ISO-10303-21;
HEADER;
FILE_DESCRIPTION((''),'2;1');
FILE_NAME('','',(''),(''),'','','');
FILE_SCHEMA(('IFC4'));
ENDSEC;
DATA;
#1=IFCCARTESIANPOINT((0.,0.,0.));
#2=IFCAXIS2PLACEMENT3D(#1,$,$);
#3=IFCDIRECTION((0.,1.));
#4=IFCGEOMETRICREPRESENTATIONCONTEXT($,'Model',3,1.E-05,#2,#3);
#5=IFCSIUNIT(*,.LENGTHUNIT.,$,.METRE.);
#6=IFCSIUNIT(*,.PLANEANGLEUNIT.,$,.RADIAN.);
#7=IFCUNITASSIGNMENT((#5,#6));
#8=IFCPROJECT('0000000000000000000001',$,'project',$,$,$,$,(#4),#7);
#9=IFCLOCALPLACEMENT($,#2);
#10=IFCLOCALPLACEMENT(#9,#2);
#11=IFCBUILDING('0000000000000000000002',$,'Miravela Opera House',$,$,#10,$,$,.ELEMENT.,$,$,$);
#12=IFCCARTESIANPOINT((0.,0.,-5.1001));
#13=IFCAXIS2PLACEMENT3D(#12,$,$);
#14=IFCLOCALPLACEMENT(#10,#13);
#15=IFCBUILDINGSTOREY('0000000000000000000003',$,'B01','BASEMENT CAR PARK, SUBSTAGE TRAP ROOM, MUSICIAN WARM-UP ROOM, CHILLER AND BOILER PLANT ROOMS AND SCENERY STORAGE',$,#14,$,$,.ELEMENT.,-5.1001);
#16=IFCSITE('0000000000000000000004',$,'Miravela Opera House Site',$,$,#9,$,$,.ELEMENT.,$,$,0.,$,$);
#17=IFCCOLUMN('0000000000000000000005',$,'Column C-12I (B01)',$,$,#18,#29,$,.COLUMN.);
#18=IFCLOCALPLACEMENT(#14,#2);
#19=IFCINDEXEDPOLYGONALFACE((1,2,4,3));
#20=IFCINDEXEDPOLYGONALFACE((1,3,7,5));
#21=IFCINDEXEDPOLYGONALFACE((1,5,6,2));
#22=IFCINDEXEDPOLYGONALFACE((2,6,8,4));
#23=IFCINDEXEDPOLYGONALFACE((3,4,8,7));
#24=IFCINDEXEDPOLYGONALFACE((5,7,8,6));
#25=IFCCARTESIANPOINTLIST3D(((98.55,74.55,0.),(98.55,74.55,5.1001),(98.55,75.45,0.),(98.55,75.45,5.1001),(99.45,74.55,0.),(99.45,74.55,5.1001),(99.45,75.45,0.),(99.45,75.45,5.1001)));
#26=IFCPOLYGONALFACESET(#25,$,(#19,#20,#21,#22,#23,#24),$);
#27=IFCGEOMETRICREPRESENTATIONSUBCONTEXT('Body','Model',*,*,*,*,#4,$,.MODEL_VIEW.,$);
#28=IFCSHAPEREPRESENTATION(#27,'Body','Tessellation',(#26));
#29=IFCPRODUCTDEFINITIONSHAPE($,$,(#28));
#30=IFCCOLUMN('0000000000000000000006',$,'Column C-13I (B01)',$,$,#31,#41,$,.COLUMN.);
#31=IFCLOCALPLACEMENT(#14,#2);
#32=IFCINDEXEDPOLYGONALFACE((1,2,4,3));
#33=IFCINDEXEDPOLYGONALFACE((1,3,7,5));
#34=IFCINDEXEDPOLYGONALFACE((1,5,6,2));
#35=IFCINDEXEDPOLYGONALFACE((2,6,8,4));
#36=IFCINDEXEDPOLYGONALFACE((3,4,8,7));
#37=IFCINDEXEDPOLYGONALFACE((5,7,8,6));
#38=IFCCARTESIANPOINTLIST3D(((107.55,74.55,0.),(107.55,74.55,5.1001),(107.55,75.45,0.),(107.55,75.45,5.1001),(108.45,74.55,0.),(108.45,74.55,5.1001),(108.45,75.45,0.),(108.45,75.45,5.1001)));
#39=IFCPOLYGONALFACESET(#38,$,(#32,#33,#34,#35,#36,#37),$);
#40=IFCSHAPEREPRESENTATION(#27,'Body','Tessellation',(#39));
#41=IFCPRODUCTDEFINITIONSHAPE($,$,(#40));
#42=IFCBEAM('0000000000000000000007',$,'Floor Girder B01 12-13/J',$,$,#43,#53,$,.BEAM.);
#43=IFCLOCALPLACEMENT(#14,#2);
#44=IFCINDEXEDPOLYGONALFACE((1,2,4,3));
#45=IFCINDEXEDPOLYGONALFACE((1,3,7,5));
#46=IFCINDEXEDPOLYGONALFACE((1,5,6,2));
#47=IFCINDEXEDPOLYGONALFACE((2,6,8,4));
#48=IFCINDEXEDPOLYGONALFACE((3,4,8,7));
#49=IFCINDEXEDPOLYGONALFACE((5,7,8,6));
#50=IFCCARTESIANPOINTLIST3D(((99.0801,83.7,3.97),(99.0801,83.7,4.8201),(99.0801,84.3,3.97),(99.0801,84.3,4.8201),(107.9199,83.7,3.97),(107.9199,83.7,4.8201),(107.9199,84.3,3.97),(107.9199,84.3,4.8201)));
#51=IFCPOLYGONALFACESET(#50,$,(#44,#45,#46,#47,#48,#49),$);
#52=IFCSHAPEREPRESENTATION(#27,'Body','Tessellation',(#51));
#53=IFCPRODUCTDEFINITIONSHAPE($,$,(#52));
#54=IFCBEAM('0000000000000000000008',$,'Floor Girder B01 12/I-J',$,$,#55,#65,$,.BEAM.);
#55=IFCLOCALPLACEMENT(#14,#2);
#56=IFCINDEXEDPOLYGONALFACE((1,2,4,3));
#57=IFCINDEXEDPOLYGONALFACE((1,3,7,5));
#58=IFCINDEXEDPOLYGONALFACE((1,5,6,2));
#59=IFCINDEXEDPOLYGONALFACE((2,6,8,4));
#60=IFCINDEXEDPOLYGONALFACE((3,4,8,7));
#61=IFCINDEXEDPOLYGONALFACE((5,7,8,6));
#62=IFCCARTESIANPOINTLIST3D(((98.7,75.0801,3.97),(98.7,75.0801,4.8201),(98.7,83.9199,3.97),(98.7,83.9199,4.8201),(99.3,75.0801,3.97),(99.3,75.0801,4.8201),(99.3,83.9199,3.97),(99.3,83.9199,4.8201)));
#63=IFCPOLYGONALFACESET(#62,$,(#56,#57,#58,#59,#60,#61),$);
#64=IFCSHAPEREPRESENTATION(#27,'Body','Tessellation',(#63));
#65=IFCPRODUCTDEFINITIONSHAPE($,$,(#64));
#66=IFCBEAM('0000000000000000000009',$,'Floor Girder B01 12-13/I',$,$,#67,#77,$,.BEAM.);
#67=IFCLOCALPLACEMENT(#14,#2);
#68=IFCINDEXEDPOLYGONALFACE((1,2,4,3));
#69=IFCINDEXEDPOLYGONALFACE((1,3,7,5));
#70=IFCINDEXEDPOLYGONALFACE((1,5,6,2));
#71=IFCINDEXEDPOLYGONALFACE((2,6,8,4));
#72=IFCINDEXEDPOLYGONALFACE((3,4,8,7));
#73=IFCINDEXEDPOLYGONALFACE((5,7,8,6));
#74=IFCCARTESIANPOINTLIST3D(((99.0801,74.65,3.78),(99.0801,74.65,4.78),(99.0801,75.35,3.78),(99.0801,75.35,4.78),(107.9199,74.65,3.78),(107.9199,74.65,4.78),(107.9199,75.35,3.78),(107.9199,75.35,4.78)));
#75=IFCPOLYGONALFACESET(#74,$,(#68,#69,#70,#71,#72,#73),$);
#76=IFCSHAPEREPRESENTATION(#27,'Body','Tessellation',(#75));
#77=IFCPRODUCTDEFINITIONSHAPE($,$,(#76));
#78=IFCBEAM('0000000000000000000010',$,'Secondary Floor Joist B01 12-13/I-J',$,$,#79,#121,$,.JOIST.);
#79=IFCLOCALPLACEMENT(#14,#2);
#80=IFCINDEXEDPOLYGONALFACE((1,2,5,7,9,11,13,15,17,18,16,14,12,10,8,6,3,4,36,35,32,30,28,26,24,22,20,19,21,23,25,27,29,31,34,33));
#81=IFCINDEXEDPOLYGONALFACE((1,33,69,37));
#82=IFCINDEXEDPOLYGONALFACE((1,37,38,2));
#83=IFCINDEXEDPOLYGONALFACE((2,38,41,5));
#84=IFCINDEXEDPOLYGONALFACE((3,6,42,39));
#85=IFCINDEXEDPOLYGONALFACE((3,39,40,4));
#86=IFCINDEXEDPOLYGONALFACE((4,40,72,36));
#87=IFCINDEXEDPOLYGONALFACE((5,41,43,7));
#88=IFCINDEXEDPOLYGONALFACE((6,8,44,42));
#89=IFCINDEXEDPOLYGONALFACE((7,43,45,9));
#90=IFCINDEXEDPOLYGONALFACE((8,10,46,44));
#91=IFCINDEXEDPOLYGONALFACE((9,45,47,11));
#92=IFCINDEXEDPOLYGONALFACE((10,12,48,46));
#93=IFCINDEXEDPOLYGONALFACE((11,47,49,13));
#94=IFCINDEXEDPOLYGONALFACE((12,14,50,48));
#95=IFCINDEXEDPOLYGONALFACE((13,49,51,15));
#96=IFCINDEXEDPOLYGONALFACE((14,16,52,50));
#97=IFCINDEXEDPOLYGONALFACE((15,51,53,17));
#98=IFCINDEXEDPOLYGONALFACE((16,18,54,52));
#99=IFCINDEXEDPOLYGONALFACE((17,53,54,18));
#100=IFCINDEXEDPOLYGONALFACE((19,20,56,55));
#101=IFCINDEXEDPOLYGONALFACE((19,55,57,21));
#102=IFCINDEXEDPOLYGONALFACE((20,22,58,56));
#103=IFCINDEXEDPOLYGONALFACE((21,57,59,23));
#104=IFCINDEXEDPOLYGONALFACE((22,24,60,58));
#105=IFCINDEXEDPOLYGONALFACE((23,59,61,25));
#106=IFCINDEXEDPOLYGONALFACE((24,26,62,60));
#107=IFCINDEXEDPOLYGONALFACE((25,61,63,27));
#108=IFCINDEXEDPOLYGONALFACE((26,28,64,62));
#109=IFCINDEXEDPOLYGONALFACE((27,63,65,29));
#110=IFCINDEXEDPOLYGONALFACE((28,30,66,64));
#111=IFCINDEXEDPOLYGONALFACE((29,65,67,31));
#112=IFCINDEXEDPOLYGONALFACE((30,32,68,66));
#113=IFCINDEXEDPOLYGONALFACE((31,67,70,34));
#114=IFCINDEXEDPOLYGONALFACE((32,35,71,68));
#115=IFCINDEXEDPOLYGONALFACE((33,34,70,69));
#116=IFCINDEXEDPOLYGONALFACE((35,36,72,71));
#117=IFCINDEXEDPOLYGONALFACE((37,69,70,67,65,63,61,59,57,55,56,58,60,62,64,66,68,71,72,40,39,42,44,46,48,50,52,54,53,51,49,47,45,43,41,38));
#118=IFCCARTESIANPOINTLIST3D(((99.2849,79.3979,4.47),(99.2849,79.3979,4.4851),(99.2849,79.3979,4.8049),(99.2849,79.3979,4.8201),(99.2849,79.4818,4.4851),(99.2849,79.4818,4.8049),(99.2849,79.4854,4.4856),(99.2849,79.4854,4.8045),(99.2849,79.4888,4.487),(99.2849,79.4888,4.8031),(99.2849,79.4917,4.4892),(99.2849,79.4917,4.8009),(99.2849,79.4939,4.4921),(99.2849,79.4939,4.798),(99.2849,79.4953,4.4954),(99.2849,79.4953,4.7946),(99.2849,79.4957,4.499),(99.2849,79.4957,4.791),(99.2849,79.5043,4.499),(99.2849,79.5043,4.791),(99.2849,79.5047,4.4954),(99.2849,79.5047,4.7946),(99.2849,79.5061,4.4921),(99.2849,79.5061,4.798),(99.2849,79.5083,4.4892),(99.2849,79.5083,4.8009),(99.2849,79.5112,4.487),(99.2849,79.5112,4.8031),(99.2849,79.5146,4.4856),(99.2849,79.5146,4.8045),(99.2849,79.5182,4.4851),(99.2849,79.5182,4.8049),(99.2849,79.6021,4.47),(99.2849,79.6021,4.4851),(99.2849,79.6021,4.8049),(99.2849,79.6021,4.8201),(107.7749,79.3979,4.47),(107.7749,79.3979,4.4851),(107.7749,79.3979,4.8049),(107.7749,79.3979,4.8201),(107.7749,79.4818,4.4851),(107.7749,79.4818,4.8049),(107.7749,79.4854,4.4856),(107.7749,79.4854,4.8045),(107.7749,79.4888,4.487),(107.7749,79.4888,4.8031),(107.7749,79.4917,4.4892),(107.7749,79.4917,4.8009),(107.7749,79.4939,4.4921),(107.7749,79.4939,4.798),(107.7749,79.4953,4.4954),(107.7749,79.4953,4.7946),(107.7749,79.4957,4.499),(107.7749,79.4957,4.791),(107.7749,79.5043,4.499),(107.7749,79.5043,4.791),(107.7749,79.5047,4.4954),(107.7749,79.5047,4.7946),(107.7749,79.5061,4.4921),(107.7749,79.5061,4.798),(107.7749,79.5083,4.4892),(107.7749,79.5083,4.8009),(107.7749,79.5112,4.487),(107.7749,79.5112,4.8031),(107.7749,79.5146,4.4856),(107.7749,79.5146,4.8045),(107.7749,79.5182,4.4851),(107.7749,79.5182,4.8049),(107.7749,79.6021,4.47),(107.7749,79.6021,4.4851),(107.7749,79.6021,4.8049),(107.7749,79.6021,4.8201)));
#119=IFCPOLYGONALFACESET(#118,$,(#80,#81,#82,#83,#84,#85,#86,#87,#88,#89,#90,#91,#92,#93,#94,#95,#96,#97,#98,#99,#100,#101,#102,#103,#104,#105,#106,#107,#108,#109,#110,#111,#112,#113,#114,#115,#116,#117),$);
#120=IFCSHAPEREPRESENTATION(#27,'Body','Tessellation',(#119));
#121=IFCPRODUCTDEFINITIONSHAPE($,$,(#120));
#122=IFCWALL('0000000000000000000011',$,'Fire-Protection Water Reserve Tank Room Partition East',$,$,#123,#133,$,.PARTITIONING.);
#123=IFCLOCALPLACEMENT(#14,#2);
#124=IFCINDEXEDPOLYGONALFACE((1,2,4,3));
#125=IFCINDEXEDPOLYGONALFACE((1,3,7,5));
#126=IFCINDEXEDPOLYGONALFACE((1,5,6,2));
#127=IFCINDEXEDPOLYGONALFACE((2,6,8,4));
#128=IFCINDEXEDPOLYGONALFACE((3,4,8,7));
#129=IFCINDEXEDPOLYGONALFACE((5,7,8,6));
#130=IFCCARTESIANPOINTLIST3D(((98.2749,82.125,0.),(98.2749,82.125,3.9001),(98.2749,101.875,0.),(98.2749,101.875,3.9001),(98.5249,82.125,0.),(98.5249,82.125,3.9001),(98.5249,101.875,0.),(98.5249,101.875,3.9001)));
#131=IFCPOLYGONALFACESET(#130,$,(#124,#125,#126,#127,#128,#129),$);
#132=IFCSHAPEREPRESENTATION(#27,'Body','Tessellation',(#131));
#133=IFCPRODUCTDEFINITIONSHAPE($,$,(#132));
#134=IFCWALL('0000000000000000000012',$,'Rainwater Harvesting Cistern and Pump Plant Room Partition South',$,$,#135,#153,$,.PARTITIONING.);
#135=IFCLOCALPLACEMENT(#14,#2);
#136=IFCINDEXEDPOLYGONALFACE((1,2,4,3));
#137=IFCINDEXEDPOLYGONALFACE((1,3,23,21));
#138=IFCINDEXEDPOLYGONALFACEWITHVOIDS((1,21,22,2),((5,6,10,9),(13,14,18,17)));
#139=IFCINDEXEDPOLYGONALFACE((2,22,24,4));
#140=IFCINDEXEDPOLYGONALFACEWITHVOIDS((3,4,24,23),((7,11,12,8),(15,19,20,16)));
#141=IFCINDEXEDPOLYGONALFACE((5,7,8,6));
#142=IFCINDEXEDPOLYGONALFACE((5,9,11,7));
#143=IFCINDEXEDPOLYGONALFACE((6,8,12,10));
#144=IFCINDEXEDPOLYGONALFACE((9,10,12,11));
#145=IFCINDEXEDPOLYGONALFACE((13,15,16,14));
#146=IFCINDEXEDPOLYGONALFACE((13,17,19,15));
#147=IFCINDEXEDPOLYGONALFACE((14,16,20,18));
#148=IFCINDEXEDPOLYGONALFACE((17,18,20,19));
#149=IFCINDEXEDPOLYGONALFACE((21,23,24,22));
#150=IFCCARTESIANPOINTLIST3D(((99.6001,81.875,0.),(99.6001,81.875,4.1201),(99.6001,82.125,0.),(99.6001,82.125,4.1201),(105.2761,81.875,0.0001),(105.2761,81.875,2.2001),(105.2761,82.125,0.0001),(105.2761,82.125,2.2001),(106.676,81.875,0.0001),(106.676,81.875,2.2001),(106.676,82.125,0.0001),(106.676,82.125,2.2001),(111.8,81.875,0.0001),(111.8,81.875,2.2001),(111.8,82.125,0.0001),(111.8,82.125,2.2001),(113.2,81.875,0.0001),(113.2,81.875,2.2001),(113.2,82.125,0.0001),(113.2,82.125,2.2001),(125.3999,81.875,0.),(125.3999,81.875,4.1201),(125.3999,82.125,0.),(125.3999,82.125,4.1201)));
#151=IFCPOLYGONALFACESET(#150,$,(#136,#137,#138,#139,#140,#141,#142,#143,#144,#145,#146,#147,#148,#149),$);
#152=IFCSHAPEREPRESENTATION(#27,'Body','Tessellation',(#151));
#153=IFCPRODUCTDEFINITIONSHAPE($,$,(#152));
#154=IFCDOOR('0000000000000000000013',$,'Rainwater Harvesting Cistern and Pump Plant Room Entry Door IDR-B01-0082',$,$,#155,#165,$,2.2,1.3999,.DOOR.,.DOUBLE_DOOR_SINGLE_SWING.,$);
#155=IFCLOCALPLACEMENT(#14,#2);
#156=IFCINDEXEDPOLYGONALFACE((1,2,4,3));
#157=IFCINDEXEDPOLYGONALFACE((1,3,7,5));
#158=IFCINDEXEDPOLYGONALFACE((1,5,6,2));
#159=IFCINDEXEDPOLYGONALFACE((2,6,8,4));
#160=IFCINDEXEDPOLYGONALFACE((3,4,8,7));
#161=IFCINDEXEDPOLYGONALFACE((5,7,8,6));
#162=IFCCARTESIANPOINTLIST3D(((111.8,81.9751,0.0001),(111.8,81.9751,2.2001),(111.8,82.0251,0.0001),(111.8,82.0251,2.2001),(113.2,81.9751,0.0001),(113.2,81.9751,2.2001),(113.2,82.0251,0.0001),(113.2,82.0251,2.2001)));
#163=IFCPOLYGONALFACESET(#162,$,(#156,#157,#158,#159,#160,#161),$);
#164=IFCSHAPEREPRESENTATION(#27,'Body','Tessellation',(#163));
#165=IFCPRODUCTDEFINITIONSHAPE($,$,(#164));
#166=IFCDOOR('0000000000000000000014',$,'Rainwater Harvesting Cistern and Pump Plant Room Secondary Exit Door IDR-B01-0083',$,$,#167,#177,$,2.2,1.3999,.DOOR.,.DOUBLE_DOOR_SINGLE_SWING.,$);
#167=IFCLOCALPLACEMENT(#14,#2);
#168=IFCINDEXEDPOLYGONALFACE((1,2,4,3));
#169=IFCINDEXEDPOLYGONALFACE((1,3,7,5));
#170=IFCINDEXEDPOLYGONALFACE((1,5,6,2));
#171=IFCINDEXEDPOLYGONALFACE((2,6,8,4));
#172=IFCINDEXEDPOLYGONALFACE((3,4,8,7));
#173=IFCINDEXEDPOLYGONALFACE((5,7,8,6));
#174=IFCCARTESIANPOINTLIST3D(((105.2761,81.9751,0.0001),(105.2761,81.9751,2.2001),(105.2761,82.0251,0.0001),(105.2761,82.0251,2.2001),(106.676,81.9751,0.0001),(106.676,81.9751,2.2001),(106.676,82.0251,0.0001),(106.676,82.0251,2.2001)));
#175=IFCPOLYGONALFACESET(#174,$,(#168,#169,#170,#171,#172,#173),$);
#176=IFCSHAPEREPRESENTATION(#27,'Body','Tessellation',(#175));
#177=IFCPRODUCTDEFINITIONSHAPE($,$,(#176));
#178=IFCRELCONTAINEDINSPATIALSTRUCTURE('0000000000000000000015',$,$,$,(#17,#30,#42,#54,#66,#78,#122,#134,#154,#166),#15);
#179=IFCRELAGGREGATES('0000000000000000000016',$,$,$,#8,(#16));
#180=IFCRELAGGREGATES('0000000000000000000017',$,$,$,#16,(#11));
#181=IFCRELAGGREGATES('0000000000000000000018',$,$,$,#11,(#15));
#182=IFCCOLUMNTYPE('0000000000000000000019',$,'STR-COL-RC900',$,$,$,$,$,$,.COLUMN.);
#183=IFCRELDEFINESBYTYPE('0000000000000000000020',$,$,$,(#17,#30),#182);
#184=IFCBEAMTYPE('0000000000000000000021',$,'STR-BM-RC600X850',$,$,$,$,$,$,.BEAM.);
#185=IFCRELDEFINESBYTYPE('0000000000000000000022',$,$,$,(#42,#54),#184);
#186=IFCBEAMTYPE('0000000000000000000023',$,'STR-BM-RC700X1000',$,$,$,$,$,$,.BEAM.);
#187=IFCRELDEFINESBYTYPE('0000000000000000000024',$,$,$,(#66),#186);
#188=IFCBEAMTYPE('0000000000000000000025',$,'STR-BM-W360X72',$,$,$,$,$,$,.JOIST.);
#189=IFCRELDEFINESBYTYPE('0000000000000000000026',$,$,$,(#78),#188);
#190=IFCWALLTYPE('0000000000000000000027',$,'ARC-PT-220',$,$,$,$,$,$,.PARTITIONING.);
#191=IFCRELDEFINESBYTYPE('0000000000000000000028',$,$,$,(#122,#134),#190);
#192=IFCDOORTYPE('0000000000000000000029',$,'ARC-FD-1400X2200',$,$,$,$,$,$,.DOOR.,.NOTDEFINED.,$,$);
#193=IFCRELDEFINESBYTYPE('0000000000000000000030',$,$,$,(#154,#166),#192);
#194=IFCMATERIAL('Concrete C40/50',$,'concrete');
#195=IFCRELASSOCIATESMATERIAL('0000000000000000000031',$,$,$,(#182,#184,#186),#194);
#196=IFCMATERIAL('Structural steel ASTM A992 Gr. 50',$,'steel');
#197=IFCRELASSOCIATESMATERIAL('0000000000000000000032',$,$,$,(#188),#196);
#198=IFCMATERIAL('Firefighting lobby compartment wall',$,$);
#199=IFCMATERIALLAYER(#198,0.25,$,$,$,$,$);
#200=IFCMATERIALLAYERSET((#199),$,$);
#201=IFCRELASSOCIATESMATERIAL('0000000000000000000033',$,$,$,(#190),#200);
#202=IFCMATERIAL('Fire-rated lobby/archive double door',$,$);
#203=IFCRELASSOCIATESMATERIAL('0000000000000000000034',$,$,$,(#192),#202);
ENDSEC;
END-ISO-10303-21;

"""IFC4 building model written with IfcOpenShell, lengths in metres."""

from ifc_helpers import new_model, si_unit, direction, frame, frame_2d, origin, origin_2d, place, context, subcontext, project, spatial, rectangle, i_section, extrude, material, layer, layer_set, material_profile, profile_set, type_object, element, fill, save


model = new_model("IFC4")

# Units and contexts
model_context = context("Model", 3, precision=1e-05, world=origin(), true_north=direction((0.0, 1.0)))
body_context = subcontext(model_context, "Body", "Model", "MODEL_VIEW")
ifc_project = project(units=[si_unit("LENGTHUNIT", "METRE"), si_unit("PLANEANGLEUNIT", "RADIAN")], contexts=[model_context])

# Site, building, storey
site_placement = place(None, origin())
site = spatial("IfcSite", under=ifc_project, at=site_placement, Name="Miravela Opera House Site", CompositionType="ELEMENT", RefElevation=0.0)
building_placement = place(site_placement, origin())
building = spatial("IfcBuilding", under=site, at=building_placement, Name="Miravela Opera House", CompositionType="ELEMENT")
storey_placement = place(building_placement, frame((0.0, 0.0, -5.1001)))
storey = spatial("IfcBuildingStorey", under=building, at=storey_placement, Name="B01", Description="BASEMENT CAR PARK, SUBSTAGE TRAP ROOM, MUSICIAN WARM-UP ROOM, CHILLER AND BOILER PLANT ROOMS AND SCENERY STORAGE", CompositionType="ELEMENT", Elevation=-5.1001)

# Columns
ifc_material_1 = material(Name="Concrete C40/50", Category="concrete")
ifc_material_profile_1 = material_profile(ifc_material_1, rectangle(XDim=0.8999, YDim=0.8999, at=origin_2d()), Name="RC-COL-900X900")
ifc_profile_set_1 = profile_set([ifc_material_profile_1])
column_type_1 = type_object("IfcColumnType", Name="STR-COL-RC900", PredefinedType="COLUMN", material=ifc_profile_set_1)
for number, where, z_axis, x_axis, name in (
    (1, (99.0, 75.0, 0.0), (0.0, 0.0, 1.0), (1.0, 0.0, 0.0), "Column C-12I (B01)"),
    (2, (108.0, 75.0, 0.0), (0.0, 0.0, 1.0), (1.0, 0.0, 0.0), "Column C-13I (B01)"),
):
    element("IfcColumn", number, at=place(storey_placement, frame(where, z_axis=z_axis, x_axis=x_axis)), inside=storey, type_object=column_type_1, Name=name, PredefinedType="COLUMN", context=body_context, shape_type="SweptSolid", body=[
        extrude(rectangle(XDim=0.8999, YDim=0.8999, at=origin_2d()), origin(), (0.0, 0.0, 1.0), 5.1001),
    ])

# Beams
ifc_material_profile_2 = material_profile(ifc_material_1, rectangle(XDim=0.6001, YDim=0.8501, at=origin_2d()), Name="RC-BM-600X850")
ifc_profile_set_2 = profile_set([ifc_material_profile_2])
beam_type_1 = type_object("IfcBeamType", Name="STR-BM-RC600X850", PredefinedType="BEAM", material=ifc_profile_set_2)
for number, where, z_axis, x_axis, name in (
    (3, (99.0801, 84.0, 4.395), (1.0, 0.0, 0.0), (0.0, 1.0, 0.0), "Floor Girder B01 12-13/J"),
    (4, (99.0, 75.0801, 4.395), (0.0, 1.0, 0.0), (-1.0, 0.0, 0.0), "Floor Girder B01 12/I-J"),
):
    element("IfcBeam", number, at=place(storey_placement, frame(where, z_axis=z_axis, x_axis=x_axis)), inside=storey, type_object=beam_type_1, Name=name, PredefinedType="BEAM", context=body_context, shape_type="SweptSolid", body=[
        extrude(rectangle(XDim=0.6001, YDim=0.8501, at=origin_2d()), origin(), (0.0, 0.0, 1.0), 8.8398),
    ])
ifc_material_profile_3 = material_profile(ifc_material_1, rectangle(XDim=0.7, YDim=1.0, at=origin_2d()), Name="RC-BM-700X1000")
ifc_profile_set_3 = profile_set([ifc_material_profile_3])
beam_type_2 = type_object("IfcBeamType", Name="STR-BM-RC700X1000", PredefinedType="BEAM", material=ifc_profile_set_3)
beam_1_placement = place(storey_placement, frame((99.0801, 75.0, 4.28), z_axis=(1.0, 0.0, 0.0), x_axis=(0.0, 1.0, 0.0)))
element("IfcBeam", 5, at=beam_1_placement, inside=storey, type_object=beam_type_2, Name="Floor Girder B01 12-13/I", PredefinedType="BEAM", context=body_context, shape_type="SweptSolid", body=[
    extrude(rectangle(XDim=0.7, YDim=1.0, at=origin_2d()), origin(), (0.0, 0.0, 1.0), 8.8398),
])
ifc_material_2 = material(Name="Structural steel ASTM A992 Gr. 50", Category="steel")
ifc_material_profile_4 = material_profile(ifc_material_2, i_section(OverallWidth=0.2041, OverallDepth=0.3501, WebThickness=0.0085, FlangeThickness=0.0151, FilletRadius=0.0139, at=origin_2d()), Name="W360X72")
ifc_profile_set_4 = profile_set([ifc_material_profile_4])
beam_type_3 = type_object("IfcBeamType", Name="STR-BM-W360X72", PredefinedType="JOIST", material=ifc_profile_set_4)
beam_2_placement = place(storey_placement, frame((99.2849, 79.5, 4.645), z_axis=(1.0, 0.0, 0.0), x_axis=(0.0, 1.0, 0.0)))
element("IfcBeam", 6, at=beam_2_placement, inside=storey, type_object=beam_type_3, Name="Secondary Floor Joist B01 12-13/I-J", PredefinedType="JOIST", context=body_context, shape_type="SweptSolid", body=[
    extrude(i_section(OverallWidth=0.2041, OverallDepth=0.3501, WebThickness=0.0085, FlangeThickness=0.0151, FilletRadius=0.0139, at=origin_2d()), origin(), (0.0, 0.0, 1.0), 8.49),
])

# Wall
ifc_material_3 = material(Name="Firefighting lobby compartment wall")
ifc_layer_1 = layer(ifc_material_3, 0.25)
ifc_layer_set_1 = layer_set([ifc_layer_1])
wall_type_1 = type_object("IfcWallType", Name="ARC-PT-220", PredefinedType="PARTITIONING", material=ifc_layer_set_1)
wall_1_placement = place(storey_placement, frame((98.3999, 82.125, 0.0), z_axis=(0.0, 0.0, 1.0), x_axis=(0.0, 1.0, 0.0)))
element("IfcWall", 7, at=wall_1_placement, inside=storey, type_object=wall_type_1, Name="Fire-Protection Water Reserve Tank Room Partition East", PredefinedType="PARTITIONING", context=body_context, shape_type="SweptSolid", body=[
    extrude(rectangle(XDim=19.75, YDim=0.25, at=frame_2d((9.875, 0.0))), origin(), (0.0, 0.0, 1.0), 3.9001),
])

# Wall, openings, doors
wall_2_placement = place(storey_placement, frame((99.6001, 82.0, 0.0), z_axis=(0.0, 0.0, 1.0), x_axis=(1.0, 0.0, 0.0)))
wall_2 = element("IfcWall", 8, at=wall_2_placement, inside=storey, type_object=wall_type_1, Name="Rainwater Harvesting Cistern and Pump Plant Room Partition South", PredefinedType="PARTITIONING", context=body_context, shape_type="SweptSolid", body=[
    extrude(rectangle(XDim=25.7998, YDim=0.25, at=frame_2d((12.8999, 0.0))), origin(), (0.0, 0.0, 1.0), 4.1201),
])
opening_1_placement = place(wall_2_placement, frame((12.2, 0.0, 0.0)))
opening_1 = element("IfcOpeningElement", 9, at=opening_1_placement, cuts=wall_2, PredefinedType="OPENING", context=body_context, shape_type="SweptSolid", body=[
    extrude(rectangle(XDim=1.3999, YDim=2.2, at=frame_2d((0.7, 1.1001))), frame((0.0, 0.135, 0.0), z_axis=(0.0, -1.0, 0.0), x_axis=(1.0, 0.0, 0.0)), (0.0, 0.0, 1.0), 0.27),
])
opening_2_placement = place(wall_2_placement, frame((5.676, 0.0, 0.0)))
opening_2 = element("IfcOpeningElement", 10, at=opening_2_placement, cuts=wall_2, PredefinedType="OPENING", context=body_context, shape_type="SweptSolid", body=[
    extrude(rectangle(XDim=1.3999, YDim=2.2, at=frame_2d((0.7, 1.1001))), frame((0.0, 0.135, 0.0), z_axis=(0.0, -1.0, 0.0), x_axis=(1.0, 0.0, 0.0)), (0.0, 0.0, 1.0), 0.27),
])
ifc_material_4 = material(Name="Fire-rated lobby/archive double door")
door_type = type_object("IfcDoorType", Name="ARC-FD-1400X2200", OperationType="NOTDEFINED", PredefinedType="DOOR", material=ifc_material_4)
door_1_placement = place(opening_1_placement, frame((1.3999, 0.0, 0.0), z_axis=(0.0, 0.0, 1.0), x_axis=(-1.0, 0.0, 0.0)))
door_1 = element("IfcDoor", 11, at=door_1_placement, inside=storey, type_object=door_type, Name="Rainwater Harvesting Cistern and Pump Plant Room Entry Door IDR-B01-0082", OperationType="DOUBLE_DOOR_SINGLE_SWING", OverallHeight=2.2, OverallWidth=1.3999, PredefinedType="DOOR", context=body_context, shape_type="SweptSolid", body=[
    extrude(rectangle(XDim=1.3999, YDim=2.2, at=frame_2d((0.7, 1.1001))), frame((0.0, 0.0249, 0.0), z_axis=(0.0, -1.0, 0.0), x_axis=(1.0, 0.0, 0.0)), (0.0, 0.0, 1.0), 0.05),
])
fill(opening_1, door_1)
door_2_placement = place(opening_2_placement, frame((1.3999, 0.0, 0.0), z_axis=(0.0, 0.0, 1.0), x_axis=(-1.0, 0.0, 0.0)))
door_2 = element("IfcDoor", 12, at=door_2_placement, inside=storey, type_object=door_type, Name="Rainwater Harvesting Cistern and Pump Plant Room Secondary Exit Door IDR-B01-0083", OperationType="DOUBLE_DOOR_SINGLE_SWING", OverallHeight=2.2, OverallWidth=1.3999, PredefinedType="DOOR", context=body_context, shape_type="SweptSolid", body=[
    extrude(rectangle(XDim=1.3999, YDim=2.2, at=frame_2d((0.7, 1.1001))), frame((0.0, 0.0249, 0.0), z_axis=(0.0, -1.0, 0.0), x_axis=(1.0, 0.0, 0.0)), (0.0, 0.0, 1.0), 0.05),
])
fill(opening_2, door_2)

save(model, "model.ifc")
